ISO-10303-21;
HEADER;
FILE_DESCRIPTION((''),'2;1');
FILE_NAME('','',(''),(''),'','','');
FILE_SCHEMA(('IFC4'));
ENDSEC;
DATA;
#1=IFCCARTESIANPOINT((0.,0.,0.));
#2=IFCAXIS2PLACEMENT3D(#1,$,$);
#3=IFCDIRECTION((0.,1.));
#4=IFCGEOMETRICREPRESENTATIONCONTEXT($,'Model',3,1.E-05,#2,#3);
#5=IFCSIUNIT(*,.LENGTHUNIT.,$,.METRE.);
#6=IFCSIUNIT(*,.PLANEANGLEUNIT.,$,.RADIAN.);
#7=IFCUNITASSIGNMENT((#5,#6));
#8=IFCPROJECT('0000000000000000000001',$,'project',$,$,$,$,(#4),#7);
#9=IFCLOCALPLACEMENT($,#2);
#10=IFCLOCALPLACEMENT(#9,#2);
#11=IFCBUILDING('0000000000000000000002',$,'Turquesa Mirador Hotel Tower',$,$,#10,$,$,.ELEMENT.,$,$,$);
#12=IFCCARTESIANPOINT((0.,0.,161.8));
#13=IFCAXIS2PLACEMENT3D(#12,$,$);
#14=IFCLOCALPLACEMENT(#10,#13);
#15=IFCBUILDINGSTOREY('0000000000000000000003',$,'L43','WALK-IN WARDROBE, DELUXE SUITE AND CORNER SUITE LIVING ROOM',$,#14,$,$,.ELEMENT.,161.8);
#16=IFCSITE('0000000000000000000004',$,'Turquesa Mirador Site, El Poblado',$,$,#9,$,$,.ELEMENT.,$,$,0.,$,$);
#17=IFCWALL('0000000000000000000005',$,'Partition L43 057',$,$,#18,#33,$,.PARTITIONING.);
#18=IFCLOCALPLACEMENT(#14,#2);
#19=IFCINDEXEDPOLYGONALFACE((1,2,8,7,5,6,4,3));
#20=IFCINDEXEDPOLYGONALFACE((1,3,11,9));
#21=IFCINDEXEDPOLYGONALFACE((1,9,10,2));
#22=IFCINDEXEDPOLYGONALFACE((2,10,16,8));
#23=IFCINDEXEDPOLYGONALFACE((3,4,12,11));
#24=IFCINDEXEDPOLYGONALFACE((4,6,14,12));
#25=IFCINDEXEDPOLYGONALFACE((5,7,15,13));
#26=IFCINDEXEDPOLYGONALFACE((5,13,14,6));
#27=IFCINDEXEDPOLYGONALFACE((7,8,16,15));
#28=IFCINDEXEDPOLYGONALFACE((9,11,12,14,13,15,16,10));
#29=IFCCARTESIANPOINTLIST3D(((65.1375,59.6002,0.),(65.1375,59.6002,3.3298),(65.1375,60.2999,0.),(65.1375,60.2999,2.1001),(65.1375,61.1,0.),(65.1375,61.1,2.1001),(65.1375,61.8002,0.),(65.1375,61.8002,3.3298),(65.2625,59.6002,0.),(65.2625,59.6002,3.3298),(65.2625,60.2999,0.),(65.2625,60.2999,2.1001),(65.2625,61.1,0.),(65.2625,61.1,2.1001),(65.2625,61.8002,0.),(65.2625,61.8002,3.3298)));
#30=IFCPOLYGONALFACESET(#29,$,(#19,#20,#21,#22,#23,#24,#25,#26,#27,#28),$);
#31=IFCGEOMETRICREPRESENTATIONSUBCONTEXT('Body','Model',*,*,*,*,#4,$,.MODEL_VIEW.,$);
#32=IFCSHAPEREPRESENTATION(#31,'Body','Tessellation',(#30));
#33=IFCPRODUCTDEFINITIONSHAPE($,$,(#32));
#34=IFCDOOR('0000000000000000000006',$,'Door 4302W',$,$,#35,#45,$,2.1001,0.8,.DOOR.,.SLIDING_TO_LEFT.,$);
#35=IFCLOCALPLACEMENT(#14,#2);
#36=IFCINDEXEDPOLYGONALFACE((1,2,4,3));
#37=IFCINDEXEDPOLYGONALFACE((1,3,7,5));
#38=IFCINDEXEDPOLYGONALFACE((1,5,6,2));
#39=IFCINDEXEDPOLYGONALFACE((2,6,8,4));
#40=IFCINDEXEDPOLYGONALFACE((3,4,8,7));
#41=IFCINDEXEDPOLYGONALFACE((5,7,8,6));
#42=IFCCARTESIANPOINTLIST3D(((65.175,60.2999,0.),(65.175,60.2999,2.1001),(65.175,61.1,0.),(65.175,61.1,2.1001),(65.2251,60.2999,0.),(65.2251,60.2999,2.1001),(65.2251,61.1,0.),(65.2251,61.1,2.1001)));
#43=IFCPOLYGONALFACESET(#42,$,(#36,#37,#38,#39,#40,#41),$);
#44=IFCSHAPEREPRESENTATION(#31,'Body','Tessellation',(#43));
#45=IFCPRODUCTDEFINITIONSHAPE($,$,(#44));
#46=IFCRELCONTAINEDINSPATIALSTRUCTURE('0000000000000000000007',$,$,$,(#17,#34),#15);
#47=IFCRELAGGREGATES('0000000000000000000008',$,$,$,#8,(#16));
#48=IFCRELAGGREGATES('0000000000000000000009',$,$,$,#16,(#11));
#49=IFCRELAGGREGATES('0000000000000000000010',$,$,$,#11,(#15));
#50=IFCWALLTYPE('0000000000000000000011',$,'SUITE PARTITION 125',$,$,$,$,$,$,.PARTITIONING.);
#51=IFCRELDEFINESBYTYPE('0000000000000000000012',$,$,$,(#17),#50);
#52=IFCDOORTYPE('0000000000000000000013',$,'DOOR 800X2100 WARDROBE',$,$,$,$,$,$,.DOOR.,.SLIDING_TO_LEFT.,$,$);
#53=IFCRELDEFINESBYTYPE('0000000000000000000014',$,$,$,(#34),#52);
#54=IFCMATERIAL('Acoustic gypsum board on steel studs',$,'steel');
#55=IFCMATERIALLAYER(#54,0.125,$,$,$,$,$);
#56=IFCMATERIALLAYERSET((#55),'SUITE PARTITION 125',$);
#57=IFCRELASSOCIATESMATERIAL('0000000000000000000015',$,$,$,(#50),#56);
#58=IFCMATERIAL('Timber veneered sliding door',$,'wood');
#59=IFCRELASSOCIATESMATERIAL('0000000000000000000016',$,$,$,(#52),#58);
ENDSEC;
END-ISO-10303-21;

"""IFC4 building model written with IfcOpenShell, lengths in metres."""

from ifc_helpers import new_model, si_unit, direction, frame, frame_2d, origin, place, context, subcontext, project, spatial, rectangle, extrude, material, layer, layer_set, type_object, element, fill, save


model = new_model("IFC4")

# Units and contexts
model_context = context("Model", 3, precision=1e-05, world=origin(), true_north=direction((0.0, 1.0)))
body_context = subcontext(model_context, "Body", "Model", "MODEL_VIEW")
ifc_project = project(units=[si_unit("LENGTHUNIT", "METRE"), si_unit("PLANEANGLEUNIT", "RADIAN")], contexts=[model_context])

# Site, building, storey
site_placement = place(None, origin())
site = spatial("IfcSite", under=ifc_project, at=site_placement, Name="Turquesa Mirador Site, El Poblado", CompositionType="ELEMENT", RefElevation=0.0)
building_placement = place(site_placement, origin())
building = spatial("IfcBuilding", under=site, at=building_placement, Name="Turquesa Mirador Hotel Tower", CompositionType="ELEMENT")
storey_placement = place(building_placement, frame((0.0, 0.0, 161.8)))
storey = spatial("IfcBuildingStorey", under=building, at=storey_placement, Name="L43", Description="WALK-IN WARDROBE, DELUXE SUITE AND CORNER SUITE LIVING ROOM", CompositionType="ELEMENT", Elevation=161.8)

# Shared definitions
ifc_material_1 = material(Name="Acoustic gypsum board on steel studs", Category="steel")
ifc_layer_1 = layer(ifc_material_1, 0.125)
ifc_layer_set_1 = layer_set([ifc_layer_1], Name="SUITE PARTITION 125")
wall_type_1 = type_object("IfcWallType", Name="SUITE PARTITION 125", PredefinedType="PARTITIONING", material=ifc_layer_set_1)

# Wall, opening, door
wall_1_placement = place(storey_placement, frame((65.2, 59.6001, 0.0), z_axis=(0.0, 0.0, 1.0), x_axis=(0.0, 1.0, 0.0)))
wall_1 = element("IfcWall", 1, at=wall_1_placement, inside=storey, type_object=wall_type_1, Name="Partition L43 057", PredefinedType="PARTITIONING", context=body_context, shape_type="SweptSolid", body=[
    extrude(rectangle(XDim=2.2, YDim=0.125, at=frame_2d((1.1001, 0.0))), origin(), (0.0, 0.0, 1.0), 3.3298),
])
opening_1_placement = place(wall_1_placement, frame((0.7, 0.0, 0.0)))
opening_1 = element("IfcOpeningElement", 2, at=opening_1_placement, cuts=wall_1, PredefinedType="OPENING", context=body_context, shape_type="SweptSolid", body=[
    extrude(rectangle(XDim=0.8, YDim=2.1001, at=frame_2d((0.3999, 1.05))), frame((0.0, 0.0725, 0.0), z_axis=(0.0, -1.0, 0.0), x_axis=(1.0, 0.0, 0.0)), (0.0, 0.0, 1.0), 0.145),
])
ifc_material_2 = material(Name="Timber veneered sliding door", Category="wood")
door_type_1 = type_object("IfcDoorType", Name="DOOR 800X2100 WARDROBE", OperationType="SLIDING_TO_LEFT", PredefinedType="DOOR", material=ifc_material_2)
door_1_placement = place(opening_1_placement, origin())
door_1 = element("IfcDoor", 3, at=door_1_placement, inside=storey, type_object=door_type_1, Name="Door 4302W", OperationType="SLIDING_TO_LEFT", OverallHeight=2.1001, OverallWidth=0.8, PredefinedType="DOOR", context=body_context, shape_type="SweptSolid", body=[
    extrude(rectangle(XDim=0.8, YDim=2.1001, at=frame_2d((0.3999, 1.05))), frame((0.0, 0.0249, 0.0), z_axis=(0.0, -1.0, 0.0), x_axis=(1.0, 0.0, 0.0)), (0.0, 0.0, 1.0), 0.05),
])
fill(opening_1, door_1)

save(model, "model.ifc")
